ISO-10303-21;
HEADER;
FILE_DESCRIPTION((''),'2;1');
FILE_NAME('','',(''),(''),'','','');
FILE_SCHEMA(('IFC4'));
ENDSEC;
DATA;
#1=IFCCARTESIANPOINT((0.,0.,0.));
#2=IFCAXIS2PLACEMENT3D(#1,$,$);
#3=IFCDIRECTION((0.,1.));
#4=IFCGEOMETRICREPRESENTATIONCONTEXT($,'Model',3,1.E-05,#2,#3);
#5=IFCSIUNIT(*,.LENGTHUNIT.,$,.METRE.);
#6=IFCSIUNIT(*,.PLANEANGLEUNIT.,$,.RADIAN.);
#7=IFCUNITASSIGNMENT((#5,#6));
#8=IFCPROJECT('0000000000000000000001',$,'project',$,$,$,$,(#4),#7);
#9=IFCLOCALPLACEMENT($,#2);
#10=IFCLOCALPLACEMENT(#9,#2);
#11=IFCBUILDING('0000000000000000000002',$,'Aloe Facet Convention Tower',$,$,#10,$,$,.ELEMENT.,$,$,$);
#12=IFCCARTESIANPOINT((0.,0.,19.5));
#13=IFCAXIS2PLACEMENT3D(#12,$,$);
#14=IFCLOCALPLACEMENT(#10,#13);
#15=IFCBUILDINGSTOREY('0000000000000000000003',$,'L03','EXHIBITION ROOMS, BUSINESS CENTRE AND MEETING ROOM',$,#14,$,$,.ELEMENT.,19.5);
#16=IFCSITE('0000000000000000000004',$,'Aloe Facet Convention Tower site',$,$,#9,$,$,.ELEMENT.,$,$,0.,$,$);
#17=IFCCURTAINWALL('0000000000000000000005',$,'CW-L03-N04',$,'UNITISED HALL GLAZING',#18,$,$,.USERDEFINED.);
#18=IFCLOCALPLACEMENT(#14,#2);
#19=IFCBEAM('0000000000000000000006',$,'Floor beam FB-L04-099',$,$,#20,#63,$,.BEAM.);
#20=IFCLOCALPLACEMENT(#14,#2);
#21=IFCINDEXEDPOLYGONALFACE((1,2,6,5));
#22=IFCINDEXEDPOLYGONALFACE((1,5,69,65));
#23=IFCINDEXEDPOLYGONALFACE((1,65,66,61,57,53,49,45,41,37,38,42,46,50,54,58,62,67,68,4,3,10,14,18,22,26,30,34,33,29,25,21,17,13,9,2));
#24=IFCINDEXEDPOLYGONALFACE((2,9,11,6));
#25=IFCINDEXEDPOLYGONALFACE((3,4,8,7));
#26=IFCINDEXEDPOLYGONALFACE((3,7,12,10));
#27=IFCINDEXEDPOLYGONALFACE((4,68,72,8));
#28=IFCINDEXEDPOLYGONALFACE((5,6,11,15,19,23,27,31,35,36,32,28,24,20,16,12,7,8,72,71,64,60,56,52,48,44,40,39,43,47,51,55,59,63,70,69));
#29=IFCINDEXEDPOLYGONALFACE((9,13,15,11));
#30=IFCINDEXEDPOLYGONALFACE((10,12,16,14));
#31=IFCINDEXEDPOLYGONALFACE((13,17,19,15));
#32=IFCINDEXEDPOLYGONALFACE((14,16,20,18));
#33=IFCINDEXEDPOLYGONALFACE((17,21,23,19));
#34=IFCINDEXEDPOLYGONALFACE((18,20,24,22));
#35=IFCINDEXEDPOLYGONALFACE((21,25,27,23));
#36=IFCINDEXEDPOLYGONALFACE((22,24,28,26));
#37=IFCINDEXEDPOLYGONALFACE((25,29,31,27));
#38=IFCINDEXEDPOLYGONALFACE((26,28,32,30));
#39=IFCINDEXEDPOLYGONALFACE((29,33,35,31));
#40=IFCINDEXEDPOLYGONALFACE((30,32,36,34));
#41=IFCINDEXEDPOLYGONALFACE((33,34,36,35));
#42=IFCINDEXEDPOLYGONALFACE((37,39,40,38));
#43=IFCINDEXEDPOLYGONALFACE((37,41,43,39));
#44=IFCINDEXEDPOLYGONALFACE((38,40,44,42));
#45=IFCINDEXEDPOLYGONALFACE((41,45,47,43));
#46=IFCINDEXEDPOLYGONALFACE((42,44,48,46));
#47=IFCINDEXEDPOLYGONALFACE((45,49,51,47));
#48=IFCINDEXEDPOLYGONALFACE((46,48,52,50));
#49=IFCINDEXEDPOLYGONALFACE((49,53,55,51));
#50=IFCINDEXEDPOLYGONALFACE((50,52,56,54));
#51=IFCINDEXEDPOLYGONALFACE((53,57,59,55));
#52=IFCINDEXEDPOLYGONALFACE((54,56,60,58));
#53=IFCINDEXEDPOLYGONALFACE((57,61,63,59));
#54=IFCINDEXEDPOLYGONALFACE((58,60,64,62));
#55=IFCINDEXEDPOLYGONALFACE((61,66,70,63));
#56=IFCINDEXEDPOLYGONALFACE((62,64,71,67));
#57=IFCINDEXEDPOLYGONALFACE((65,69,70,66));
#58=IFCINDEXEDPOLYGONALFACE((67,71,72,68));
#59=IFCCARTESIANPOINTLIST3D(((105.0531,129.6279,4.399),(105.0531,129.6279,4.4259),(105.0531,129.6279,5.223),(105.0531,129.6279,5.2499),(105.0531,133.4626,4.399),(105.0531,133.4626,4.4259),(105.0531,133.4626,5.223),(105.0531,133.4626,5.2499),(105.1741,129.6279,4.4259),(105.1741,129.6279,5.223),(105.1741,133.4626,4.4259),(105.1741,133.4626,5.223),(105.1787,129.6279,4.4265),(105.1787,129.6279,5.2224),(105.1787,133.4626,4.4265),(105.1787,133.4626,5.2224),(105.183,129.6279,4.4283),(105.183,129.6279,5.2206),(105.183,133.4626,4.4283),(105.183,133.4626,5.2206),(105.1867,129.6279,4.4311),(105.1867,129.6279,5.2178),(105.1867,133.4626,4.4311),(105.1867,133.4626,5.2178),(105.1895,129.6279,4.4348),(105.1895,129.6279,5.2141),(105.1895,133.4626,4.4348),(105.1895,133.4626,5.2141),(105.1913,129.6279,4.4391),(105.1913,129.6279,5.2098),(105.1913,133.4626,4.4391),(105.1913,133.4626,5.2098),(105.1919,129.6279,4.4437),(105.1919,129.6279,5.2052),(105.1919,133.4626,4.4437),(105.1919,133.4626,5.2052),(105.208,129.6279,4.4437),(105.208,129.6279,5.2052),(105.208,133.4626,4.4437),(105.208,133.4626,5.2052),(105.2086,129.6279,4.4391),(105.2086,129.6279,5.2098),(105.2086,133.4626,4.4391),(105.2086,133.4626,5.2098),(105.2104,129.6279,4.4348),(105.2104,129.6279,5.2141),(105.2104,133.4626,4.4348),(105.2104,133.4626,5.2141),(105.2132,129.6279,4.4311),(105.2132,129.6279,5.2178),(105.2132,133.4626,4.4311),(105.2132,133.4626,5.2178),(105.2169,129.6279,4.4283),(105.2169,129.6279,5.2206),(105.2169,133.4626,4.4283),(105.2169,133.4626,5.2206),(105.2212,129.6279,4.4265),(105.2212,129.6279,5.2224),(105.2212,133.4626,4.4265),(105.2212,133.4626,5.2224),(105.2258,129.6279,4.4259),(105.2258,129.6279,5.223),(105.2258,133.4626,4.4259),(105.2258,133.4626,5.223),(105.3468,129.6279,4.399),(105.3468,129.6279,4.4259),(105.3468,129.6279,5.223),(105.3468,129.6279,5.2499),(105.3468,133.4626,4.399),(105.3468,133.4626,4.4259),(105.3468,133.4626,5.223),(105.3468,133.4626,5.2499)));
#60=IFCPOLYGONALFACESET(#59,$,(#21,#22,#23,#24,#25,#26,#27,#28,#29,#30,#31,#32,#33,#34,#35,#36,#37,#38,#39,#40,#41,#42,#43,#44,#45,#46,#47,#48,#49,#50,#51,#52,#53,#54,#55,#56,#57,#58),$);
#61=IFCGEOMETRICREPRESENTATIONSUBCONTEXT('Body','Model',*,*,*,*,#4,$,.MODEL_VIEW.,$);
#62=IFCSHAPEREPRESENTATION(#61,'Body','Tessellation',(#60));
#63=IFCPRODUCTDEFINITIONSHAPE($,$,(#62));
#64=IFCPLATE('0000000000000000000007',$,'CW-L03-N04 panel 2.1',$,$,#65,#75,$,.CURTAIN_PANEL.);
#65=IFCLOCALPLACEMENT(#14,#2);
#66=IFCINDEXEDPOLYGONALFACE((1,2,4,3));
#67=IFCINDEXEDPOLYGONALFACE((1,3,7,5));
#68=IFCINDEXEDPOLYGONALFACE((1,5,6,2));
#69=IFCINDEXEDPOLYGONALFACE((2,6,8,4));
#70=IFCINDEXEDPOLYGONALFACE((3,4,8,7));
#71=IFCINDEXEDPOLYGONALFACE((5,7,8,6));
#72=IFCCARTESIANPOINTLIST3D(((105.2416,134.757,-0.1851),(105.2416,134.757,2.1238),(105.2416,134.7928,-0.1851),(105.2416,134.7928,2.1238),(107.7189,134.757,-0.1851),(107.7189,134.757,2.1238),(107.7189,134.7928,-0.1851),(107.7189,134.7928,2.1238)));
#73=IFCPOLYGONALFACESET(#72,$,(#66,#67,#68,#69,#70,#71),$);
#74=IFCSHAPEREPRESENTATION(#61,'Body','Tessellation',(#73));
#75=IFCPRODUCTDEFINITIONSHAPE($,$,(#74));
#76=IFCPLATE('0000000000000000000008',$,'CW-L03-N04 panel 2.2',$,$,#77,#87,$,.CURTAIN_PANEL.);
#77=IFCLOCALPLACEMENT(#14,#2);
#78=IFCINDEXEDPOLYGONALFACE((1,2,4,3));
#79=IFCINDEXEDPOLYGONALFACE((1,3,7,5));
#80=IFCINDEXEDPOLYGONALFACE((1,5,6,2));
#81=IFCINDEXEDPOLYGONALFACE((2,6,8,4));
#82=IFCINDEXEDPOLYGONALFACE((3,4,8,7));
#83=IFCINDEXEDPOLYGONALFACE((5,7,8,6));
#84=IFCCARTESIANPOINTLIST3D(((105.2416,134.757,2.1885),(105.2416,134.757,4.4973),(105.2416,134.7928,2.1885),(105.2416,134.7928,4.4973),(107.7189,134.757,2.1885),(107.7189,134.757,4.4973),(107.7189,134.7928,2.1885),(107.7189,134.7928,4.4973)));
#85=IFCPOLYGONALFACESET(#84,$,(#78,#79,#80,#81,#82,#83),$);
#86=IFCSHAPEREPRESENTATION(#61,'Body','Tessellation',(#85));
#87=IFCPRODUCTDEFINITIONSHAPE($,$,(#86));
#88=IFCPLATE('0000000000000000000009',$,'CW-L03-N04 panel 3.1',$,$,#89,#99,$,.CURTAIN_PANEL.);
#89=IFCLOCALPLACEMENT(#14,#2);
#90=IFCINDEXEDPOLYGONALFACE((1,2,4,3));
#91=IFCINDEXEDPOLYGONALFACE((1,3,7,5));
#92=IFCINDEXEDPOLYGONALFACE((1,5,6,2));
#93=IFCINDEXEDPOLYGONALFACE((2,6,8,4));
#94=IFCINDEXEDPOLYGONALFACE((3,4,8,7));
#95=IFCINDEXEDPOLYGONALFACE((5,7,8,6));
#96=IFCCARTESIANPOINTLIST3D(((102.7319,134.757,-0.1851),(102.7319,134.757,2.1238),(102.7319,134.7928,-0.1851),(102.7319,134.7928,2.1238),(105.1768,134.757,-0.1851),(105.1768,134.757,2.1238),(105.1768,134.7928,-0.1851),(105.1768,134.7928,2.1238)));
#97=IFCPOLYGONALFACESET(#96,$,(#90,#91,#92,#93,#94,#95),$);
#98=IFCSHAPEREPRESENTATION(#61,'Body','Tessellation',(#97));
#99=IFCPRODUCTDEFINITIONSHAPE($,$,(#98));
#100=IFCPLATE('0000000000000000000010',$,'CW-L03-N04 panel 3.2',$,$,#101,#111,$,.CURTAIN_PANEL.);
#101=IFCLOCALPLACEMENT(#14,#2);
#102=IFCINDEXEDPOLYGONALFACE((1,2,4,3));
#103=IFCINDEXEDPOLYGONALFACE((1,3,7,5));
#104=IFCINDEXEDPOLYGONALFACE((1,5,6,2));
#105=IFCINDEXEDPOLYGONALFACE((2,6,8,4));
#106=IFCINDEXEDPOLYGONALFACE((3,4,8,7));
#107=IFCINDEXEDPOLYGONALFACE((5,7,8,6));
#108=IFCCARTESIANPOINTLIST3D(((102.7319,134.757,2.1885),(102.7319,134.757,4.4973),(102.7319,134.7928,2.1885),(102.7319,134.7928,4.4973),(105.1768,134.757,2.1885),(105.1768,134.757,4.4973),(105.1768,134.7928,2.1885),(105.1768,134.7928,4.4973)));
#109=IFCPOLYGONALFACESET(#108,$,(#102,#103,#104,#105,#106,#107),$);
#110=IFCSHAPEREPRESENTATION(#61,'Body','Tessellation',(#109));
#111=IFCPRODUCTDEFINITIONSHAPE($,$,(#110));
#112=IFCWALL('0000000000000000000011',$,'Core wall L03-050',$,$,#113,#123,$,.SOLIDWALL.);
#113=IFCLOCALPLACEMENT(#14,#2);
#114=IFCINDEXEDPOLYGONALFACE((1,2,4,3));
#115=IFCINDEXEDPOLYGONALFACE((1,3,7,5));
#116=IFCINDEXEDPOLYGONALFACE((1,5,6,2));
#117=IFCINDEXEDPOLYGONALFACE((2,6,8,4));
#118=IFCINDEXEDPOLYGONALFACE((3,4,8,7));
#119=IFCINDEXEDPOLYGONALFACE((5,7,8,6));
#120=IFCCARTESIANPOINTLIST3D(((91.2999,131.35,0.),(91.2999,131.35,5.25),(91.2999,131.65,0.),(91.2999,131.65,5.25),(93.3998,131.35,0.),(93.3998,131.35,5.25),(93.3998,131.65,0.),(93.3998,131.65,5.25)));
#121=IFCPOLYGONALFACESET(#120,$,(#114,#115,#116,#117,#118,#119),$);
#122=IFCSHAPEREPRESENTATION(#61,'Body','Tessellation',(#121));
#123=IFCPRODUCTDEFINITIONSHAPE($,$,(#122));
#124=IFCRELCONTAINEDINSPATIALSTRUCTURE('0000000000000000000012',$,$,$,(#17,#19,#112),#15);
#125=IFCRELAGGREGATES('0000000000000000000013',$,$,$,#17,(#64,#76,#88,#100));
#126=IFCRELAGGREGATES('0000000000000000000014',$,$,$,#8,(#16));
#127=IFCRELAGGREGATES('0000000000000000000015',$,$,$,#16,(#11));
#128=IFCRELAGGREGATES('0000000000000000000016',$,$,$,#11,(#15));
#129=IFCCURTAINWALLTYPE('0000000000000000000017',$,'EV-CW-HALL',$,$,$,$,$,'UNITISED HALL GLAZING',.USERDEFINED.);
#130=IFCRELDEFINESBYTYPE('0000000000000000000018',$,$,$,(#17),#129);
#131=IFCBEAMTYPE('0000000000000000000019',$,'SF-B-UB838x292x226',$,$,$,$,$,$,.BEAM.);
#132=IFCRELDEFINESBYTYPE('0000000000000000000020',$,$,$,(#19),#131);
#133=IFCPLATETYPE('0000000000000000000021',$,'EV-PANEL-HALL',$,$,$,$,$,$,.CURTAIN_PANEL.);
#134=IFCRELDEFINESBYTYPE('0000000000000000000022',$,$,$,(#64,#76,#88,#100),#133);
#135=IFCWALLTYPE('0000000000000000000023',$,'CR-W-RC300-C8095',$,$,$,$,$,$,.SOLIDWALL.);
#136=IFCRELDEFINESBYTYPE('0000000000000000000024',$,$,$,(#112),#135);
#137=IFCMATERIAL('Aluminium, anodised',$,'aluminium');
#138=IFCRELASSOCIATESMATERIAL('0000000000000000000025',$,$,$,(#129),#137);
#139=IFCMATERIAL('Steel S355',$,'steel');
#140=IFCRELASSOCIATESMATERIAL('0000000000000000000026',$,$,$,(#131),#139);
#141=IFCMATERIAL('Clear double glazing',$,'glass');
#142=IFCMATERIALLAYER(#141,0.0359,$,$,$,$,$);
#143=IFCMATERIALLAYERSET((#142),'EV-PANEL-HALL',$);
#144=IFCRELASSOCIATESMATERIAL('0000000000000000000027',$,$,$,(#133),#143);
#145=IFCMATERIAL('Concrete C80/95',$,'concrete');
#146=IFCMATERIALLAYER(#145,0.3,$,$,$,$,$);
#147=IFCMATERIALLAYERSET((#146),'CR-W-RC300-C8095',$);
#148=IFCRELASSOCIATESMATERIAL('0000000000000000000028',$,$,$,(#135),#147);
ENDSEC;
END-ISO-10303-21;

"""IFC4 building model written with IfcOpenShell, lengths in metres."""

from ifc_helpers import new_model, si_unit, direction, frame, frame_2d, origin, origin_2d, place, context, subcontext, project, spatial, rectangle, i_section, extrude, material, layer, layer_set, material_profile, profile_set, type_object, element, aggregate, save


model = new_model("IFC4")

# Units and contexts
model_context = context("Model", 3, precision=1e-05, world=origin(), true_north=direction((0.0, 1.0)))
body_context = subcontext(model_context, "Body", "Model", "MODEL_VIEW")
ifc_project = project(units=[si_unit("LENGTHUNIT", "METRE"), si_unit("PLANEANGLEUNIT", "RADIAN")], contexts=[model_context])

# Site, building, storey
site_placement = place(None, origin())
site = spatial("IfcSite", under=ifc_project, at=site_placement, Name="Aloe Facet Convention Tower site", CompositionType="ELEMENT", RefElevation=0.0)
building_placement = place(site_placement, origin())
building = spatial("IfcBuilding", under=site, at=building_placement, Name="Aloe Facet Convention Tower", CompositionType="ELEMENT")
storey_placement = place(building_placement, frame((0.0, 0.0, 19.5)))
storey = spatial("IfcBuildingStorey", under=building, at=storey_placement, Name="L03", Description="EXHIBITION ROOMS, BUSINESS CENTRE AND MEETING ROOM", CompositionType="ELEMENT", Elevation=19.5)

# Curtain wall
ifc_material_1 = material(Name="Aluminium, anodised", Category="aluminium")
curtain_wall_type = type_object("IfcCurtainWallType", Name="EV-CW-HALL", ElementType="UNITISED HALL GLAZING", PredefinedType="USERDEFINED", material=ifc_material_1)
curtain_wall_placement = place(storey_placement, origin())
curtain_wall = element("IfcCurtainWall", 1, at=curtain_wall_placement, inside=storey, type_object=curtain_wall_type, Name="CW-L03-N04", ObjectType="UNITISED HALL GLAZING", PredefinedType="USERDEFINED")

# Beam
ifc_material_2 = material(Name="Steel S355", Category="steel")
ifc_material_profile_1 = material_profile(ifc_material_2, i_section(OverallWidth=0.2937, OverallDepth=0.8508, WebThickness=0.0161, FlangeThickness=0.0269, FilletRadius=0.0178, at=origin_2d()), Name="UB 838x292x226")
ifc_profile_set_1 = profile_set([ifc_material_profile_1], Name="Steel S355")
beam_type_1 = type_object("IfcBeamType", Name="SF-B-UB838x292x226", PredefinedType="BEAM", material=ifc_profile_set_1)
beam_1_placement = place(storey_placement, frame((105.2, 129.6279, 4.8245), z_axis=(0.0, 1.0, 0.0), x_axis=(-1.0, 0.0, 0.0)))
element("IfcBeam", 2, at=beam_1_placement, inside=storey, type_object=beam_type_1, Name="Floor beam FB-L04-099", PredefinedType="BEAM", context=body_context, shape_type="SweptSolid", body=[
    extrude(i_section(OverallWidth=0.2937, OverallDepth=0.8508, WebThickness=0.0161, FlangeThickness=0.0269, FilletRadius=0.0178, at=origin_2d()), origin(), (0.0, 0.0, 1.0), 3.8347),
])

# Plates
ifc_material_3 = material(Name="Clear double glazing", Category="glass")
ifc_layer_1 = layer(ifc_material_3, 0.0359)
ifc_layer_set_1 = layer_set([ifc_layer_1], Name="EV-PANEL-HALL")
plate_type = type_object("IfcPlateType", Name="EV-PANEL-HALL", PredefinedType="CURTAIN_PANEL", material=ifc_layer_set_1)
plate_1_placement = place(storey_placement, frame((106.4802, 134.7749, -0.1851), z_axis=(0.0, 0.0, 1.0), x_axis=(-1.0, 0.0, 0.0)))
plate_1 = element("IfcPlate", 3, at=plate_1_placement, type_object=plate_type, Name="CW-L03-N04 panel 2.1", PredefinedType="CURTAIN_PANEL", context=body_context, shape_type="SweptSolid", body=[
    extrude(rectangle(XDim=2.4773, YDim=0.0359, at=origin_2d()), origin(), (0.0, 0.0, 1.0), 2.3088),
])
plate_2_placement = place(storey_placement, frame((106.4802, 134.7749, 2.1885), z_axis=(0.0, 0.0, 1.0), x_axis=(-1.0, 0.0, 0.0)))
plate_2 = element("IfcPlate", 4, at=plate_2_placement, type_object=plate_type, Name="CW-L03-N04 panel 2.2", PredefinedType="CURTAIN_PANEL", context=body_context, shape_type="SweptSolid", body=[
    extrude(rectangle(XDim=2.4773, YDim=0.0359, at=origin_2d()), origin(), (0.0, 0.0, 1.0), 2.3088),
])
plate_3_placement = place(storey_placement, frame((103.9543, 134.7749, -0.1851), z_axis=(0.0, 0.0, 1.0), x_axis=(-1.0, 0.0, 0.0)))
plate_3 = element("IfcPlate", 5, at=plate_3_placement, type_object=plate_type, Name="CW-L03-N04 panel 3.1", PredefinedType="CURTAIN_PANEL", context=body_context, shape_type="SweptSolid", body=[
    extrude(rectangle(XDim=2.4448, YDim=0.0359, at=origin_2d()), origin(), (0.0, 0.0, 1.0), 2.3088),
])
plate_4_placement = place(storey_placement, frame((103.9543, 134.7749, 2.1885), z_axis=(0.0, 0.0, 1.0), x_axis=(-1.0, 0.0, 0.0)))
plate_4 = element("IfcPlate", 6, at=plate_4_placement, type_object=plate_type, Name="CW-L03-N04 panel 3.2", PredefinedType="CURTAIN_PANEL", context=body_context, shape_type="SweptSolid", body=[
    extrude(rectangle(XDim=2.4448, YDim=0.0359, at=origin_2d()), origin(), (0.0, 0.0, 1.0), 2.3088),
])
aggregate(curtain_wall, [plate_1, plate_2, plate_3, plate_4])

# Wall
ifc_material_4 = material(Name="Concrete C80/95", Category="concrete")
ifc_layer_2 = layer(ifc_material_4, 0.3)
ifc_layer_set_2 = layer_set([ifc_layer_2], Name="CR-W-RC300-C8095")
wall_type_1 = type_object("IfcWallType", Name="CR-W-RC300-C8095", PredefinedType="SOLIDWALL", material=ifc_layer_set_2)
wall_1_placement = place(storey_placement, frame((91.3, 131.5, 0.0), z_axis=(0.0, 0.0, 1.0), x_axis=(1.0, 0.0, 0.0)))
element("IfcWall", 7, at=wall_1_placement, inside=storey, type_object=wall_type_1, Name="Core wall L03-050", PredefinedType="SOLIDWALL", context=body_context, shape_type="SweptSolid", body=[
    extrude(rectangle(XDim=2.0999, YDim=0.3, at=frame_2d((1.0498, 0.0))), origin(), (0.0, 0.0, 1.0), 5.25),
])

save(model, "model.ifc")
